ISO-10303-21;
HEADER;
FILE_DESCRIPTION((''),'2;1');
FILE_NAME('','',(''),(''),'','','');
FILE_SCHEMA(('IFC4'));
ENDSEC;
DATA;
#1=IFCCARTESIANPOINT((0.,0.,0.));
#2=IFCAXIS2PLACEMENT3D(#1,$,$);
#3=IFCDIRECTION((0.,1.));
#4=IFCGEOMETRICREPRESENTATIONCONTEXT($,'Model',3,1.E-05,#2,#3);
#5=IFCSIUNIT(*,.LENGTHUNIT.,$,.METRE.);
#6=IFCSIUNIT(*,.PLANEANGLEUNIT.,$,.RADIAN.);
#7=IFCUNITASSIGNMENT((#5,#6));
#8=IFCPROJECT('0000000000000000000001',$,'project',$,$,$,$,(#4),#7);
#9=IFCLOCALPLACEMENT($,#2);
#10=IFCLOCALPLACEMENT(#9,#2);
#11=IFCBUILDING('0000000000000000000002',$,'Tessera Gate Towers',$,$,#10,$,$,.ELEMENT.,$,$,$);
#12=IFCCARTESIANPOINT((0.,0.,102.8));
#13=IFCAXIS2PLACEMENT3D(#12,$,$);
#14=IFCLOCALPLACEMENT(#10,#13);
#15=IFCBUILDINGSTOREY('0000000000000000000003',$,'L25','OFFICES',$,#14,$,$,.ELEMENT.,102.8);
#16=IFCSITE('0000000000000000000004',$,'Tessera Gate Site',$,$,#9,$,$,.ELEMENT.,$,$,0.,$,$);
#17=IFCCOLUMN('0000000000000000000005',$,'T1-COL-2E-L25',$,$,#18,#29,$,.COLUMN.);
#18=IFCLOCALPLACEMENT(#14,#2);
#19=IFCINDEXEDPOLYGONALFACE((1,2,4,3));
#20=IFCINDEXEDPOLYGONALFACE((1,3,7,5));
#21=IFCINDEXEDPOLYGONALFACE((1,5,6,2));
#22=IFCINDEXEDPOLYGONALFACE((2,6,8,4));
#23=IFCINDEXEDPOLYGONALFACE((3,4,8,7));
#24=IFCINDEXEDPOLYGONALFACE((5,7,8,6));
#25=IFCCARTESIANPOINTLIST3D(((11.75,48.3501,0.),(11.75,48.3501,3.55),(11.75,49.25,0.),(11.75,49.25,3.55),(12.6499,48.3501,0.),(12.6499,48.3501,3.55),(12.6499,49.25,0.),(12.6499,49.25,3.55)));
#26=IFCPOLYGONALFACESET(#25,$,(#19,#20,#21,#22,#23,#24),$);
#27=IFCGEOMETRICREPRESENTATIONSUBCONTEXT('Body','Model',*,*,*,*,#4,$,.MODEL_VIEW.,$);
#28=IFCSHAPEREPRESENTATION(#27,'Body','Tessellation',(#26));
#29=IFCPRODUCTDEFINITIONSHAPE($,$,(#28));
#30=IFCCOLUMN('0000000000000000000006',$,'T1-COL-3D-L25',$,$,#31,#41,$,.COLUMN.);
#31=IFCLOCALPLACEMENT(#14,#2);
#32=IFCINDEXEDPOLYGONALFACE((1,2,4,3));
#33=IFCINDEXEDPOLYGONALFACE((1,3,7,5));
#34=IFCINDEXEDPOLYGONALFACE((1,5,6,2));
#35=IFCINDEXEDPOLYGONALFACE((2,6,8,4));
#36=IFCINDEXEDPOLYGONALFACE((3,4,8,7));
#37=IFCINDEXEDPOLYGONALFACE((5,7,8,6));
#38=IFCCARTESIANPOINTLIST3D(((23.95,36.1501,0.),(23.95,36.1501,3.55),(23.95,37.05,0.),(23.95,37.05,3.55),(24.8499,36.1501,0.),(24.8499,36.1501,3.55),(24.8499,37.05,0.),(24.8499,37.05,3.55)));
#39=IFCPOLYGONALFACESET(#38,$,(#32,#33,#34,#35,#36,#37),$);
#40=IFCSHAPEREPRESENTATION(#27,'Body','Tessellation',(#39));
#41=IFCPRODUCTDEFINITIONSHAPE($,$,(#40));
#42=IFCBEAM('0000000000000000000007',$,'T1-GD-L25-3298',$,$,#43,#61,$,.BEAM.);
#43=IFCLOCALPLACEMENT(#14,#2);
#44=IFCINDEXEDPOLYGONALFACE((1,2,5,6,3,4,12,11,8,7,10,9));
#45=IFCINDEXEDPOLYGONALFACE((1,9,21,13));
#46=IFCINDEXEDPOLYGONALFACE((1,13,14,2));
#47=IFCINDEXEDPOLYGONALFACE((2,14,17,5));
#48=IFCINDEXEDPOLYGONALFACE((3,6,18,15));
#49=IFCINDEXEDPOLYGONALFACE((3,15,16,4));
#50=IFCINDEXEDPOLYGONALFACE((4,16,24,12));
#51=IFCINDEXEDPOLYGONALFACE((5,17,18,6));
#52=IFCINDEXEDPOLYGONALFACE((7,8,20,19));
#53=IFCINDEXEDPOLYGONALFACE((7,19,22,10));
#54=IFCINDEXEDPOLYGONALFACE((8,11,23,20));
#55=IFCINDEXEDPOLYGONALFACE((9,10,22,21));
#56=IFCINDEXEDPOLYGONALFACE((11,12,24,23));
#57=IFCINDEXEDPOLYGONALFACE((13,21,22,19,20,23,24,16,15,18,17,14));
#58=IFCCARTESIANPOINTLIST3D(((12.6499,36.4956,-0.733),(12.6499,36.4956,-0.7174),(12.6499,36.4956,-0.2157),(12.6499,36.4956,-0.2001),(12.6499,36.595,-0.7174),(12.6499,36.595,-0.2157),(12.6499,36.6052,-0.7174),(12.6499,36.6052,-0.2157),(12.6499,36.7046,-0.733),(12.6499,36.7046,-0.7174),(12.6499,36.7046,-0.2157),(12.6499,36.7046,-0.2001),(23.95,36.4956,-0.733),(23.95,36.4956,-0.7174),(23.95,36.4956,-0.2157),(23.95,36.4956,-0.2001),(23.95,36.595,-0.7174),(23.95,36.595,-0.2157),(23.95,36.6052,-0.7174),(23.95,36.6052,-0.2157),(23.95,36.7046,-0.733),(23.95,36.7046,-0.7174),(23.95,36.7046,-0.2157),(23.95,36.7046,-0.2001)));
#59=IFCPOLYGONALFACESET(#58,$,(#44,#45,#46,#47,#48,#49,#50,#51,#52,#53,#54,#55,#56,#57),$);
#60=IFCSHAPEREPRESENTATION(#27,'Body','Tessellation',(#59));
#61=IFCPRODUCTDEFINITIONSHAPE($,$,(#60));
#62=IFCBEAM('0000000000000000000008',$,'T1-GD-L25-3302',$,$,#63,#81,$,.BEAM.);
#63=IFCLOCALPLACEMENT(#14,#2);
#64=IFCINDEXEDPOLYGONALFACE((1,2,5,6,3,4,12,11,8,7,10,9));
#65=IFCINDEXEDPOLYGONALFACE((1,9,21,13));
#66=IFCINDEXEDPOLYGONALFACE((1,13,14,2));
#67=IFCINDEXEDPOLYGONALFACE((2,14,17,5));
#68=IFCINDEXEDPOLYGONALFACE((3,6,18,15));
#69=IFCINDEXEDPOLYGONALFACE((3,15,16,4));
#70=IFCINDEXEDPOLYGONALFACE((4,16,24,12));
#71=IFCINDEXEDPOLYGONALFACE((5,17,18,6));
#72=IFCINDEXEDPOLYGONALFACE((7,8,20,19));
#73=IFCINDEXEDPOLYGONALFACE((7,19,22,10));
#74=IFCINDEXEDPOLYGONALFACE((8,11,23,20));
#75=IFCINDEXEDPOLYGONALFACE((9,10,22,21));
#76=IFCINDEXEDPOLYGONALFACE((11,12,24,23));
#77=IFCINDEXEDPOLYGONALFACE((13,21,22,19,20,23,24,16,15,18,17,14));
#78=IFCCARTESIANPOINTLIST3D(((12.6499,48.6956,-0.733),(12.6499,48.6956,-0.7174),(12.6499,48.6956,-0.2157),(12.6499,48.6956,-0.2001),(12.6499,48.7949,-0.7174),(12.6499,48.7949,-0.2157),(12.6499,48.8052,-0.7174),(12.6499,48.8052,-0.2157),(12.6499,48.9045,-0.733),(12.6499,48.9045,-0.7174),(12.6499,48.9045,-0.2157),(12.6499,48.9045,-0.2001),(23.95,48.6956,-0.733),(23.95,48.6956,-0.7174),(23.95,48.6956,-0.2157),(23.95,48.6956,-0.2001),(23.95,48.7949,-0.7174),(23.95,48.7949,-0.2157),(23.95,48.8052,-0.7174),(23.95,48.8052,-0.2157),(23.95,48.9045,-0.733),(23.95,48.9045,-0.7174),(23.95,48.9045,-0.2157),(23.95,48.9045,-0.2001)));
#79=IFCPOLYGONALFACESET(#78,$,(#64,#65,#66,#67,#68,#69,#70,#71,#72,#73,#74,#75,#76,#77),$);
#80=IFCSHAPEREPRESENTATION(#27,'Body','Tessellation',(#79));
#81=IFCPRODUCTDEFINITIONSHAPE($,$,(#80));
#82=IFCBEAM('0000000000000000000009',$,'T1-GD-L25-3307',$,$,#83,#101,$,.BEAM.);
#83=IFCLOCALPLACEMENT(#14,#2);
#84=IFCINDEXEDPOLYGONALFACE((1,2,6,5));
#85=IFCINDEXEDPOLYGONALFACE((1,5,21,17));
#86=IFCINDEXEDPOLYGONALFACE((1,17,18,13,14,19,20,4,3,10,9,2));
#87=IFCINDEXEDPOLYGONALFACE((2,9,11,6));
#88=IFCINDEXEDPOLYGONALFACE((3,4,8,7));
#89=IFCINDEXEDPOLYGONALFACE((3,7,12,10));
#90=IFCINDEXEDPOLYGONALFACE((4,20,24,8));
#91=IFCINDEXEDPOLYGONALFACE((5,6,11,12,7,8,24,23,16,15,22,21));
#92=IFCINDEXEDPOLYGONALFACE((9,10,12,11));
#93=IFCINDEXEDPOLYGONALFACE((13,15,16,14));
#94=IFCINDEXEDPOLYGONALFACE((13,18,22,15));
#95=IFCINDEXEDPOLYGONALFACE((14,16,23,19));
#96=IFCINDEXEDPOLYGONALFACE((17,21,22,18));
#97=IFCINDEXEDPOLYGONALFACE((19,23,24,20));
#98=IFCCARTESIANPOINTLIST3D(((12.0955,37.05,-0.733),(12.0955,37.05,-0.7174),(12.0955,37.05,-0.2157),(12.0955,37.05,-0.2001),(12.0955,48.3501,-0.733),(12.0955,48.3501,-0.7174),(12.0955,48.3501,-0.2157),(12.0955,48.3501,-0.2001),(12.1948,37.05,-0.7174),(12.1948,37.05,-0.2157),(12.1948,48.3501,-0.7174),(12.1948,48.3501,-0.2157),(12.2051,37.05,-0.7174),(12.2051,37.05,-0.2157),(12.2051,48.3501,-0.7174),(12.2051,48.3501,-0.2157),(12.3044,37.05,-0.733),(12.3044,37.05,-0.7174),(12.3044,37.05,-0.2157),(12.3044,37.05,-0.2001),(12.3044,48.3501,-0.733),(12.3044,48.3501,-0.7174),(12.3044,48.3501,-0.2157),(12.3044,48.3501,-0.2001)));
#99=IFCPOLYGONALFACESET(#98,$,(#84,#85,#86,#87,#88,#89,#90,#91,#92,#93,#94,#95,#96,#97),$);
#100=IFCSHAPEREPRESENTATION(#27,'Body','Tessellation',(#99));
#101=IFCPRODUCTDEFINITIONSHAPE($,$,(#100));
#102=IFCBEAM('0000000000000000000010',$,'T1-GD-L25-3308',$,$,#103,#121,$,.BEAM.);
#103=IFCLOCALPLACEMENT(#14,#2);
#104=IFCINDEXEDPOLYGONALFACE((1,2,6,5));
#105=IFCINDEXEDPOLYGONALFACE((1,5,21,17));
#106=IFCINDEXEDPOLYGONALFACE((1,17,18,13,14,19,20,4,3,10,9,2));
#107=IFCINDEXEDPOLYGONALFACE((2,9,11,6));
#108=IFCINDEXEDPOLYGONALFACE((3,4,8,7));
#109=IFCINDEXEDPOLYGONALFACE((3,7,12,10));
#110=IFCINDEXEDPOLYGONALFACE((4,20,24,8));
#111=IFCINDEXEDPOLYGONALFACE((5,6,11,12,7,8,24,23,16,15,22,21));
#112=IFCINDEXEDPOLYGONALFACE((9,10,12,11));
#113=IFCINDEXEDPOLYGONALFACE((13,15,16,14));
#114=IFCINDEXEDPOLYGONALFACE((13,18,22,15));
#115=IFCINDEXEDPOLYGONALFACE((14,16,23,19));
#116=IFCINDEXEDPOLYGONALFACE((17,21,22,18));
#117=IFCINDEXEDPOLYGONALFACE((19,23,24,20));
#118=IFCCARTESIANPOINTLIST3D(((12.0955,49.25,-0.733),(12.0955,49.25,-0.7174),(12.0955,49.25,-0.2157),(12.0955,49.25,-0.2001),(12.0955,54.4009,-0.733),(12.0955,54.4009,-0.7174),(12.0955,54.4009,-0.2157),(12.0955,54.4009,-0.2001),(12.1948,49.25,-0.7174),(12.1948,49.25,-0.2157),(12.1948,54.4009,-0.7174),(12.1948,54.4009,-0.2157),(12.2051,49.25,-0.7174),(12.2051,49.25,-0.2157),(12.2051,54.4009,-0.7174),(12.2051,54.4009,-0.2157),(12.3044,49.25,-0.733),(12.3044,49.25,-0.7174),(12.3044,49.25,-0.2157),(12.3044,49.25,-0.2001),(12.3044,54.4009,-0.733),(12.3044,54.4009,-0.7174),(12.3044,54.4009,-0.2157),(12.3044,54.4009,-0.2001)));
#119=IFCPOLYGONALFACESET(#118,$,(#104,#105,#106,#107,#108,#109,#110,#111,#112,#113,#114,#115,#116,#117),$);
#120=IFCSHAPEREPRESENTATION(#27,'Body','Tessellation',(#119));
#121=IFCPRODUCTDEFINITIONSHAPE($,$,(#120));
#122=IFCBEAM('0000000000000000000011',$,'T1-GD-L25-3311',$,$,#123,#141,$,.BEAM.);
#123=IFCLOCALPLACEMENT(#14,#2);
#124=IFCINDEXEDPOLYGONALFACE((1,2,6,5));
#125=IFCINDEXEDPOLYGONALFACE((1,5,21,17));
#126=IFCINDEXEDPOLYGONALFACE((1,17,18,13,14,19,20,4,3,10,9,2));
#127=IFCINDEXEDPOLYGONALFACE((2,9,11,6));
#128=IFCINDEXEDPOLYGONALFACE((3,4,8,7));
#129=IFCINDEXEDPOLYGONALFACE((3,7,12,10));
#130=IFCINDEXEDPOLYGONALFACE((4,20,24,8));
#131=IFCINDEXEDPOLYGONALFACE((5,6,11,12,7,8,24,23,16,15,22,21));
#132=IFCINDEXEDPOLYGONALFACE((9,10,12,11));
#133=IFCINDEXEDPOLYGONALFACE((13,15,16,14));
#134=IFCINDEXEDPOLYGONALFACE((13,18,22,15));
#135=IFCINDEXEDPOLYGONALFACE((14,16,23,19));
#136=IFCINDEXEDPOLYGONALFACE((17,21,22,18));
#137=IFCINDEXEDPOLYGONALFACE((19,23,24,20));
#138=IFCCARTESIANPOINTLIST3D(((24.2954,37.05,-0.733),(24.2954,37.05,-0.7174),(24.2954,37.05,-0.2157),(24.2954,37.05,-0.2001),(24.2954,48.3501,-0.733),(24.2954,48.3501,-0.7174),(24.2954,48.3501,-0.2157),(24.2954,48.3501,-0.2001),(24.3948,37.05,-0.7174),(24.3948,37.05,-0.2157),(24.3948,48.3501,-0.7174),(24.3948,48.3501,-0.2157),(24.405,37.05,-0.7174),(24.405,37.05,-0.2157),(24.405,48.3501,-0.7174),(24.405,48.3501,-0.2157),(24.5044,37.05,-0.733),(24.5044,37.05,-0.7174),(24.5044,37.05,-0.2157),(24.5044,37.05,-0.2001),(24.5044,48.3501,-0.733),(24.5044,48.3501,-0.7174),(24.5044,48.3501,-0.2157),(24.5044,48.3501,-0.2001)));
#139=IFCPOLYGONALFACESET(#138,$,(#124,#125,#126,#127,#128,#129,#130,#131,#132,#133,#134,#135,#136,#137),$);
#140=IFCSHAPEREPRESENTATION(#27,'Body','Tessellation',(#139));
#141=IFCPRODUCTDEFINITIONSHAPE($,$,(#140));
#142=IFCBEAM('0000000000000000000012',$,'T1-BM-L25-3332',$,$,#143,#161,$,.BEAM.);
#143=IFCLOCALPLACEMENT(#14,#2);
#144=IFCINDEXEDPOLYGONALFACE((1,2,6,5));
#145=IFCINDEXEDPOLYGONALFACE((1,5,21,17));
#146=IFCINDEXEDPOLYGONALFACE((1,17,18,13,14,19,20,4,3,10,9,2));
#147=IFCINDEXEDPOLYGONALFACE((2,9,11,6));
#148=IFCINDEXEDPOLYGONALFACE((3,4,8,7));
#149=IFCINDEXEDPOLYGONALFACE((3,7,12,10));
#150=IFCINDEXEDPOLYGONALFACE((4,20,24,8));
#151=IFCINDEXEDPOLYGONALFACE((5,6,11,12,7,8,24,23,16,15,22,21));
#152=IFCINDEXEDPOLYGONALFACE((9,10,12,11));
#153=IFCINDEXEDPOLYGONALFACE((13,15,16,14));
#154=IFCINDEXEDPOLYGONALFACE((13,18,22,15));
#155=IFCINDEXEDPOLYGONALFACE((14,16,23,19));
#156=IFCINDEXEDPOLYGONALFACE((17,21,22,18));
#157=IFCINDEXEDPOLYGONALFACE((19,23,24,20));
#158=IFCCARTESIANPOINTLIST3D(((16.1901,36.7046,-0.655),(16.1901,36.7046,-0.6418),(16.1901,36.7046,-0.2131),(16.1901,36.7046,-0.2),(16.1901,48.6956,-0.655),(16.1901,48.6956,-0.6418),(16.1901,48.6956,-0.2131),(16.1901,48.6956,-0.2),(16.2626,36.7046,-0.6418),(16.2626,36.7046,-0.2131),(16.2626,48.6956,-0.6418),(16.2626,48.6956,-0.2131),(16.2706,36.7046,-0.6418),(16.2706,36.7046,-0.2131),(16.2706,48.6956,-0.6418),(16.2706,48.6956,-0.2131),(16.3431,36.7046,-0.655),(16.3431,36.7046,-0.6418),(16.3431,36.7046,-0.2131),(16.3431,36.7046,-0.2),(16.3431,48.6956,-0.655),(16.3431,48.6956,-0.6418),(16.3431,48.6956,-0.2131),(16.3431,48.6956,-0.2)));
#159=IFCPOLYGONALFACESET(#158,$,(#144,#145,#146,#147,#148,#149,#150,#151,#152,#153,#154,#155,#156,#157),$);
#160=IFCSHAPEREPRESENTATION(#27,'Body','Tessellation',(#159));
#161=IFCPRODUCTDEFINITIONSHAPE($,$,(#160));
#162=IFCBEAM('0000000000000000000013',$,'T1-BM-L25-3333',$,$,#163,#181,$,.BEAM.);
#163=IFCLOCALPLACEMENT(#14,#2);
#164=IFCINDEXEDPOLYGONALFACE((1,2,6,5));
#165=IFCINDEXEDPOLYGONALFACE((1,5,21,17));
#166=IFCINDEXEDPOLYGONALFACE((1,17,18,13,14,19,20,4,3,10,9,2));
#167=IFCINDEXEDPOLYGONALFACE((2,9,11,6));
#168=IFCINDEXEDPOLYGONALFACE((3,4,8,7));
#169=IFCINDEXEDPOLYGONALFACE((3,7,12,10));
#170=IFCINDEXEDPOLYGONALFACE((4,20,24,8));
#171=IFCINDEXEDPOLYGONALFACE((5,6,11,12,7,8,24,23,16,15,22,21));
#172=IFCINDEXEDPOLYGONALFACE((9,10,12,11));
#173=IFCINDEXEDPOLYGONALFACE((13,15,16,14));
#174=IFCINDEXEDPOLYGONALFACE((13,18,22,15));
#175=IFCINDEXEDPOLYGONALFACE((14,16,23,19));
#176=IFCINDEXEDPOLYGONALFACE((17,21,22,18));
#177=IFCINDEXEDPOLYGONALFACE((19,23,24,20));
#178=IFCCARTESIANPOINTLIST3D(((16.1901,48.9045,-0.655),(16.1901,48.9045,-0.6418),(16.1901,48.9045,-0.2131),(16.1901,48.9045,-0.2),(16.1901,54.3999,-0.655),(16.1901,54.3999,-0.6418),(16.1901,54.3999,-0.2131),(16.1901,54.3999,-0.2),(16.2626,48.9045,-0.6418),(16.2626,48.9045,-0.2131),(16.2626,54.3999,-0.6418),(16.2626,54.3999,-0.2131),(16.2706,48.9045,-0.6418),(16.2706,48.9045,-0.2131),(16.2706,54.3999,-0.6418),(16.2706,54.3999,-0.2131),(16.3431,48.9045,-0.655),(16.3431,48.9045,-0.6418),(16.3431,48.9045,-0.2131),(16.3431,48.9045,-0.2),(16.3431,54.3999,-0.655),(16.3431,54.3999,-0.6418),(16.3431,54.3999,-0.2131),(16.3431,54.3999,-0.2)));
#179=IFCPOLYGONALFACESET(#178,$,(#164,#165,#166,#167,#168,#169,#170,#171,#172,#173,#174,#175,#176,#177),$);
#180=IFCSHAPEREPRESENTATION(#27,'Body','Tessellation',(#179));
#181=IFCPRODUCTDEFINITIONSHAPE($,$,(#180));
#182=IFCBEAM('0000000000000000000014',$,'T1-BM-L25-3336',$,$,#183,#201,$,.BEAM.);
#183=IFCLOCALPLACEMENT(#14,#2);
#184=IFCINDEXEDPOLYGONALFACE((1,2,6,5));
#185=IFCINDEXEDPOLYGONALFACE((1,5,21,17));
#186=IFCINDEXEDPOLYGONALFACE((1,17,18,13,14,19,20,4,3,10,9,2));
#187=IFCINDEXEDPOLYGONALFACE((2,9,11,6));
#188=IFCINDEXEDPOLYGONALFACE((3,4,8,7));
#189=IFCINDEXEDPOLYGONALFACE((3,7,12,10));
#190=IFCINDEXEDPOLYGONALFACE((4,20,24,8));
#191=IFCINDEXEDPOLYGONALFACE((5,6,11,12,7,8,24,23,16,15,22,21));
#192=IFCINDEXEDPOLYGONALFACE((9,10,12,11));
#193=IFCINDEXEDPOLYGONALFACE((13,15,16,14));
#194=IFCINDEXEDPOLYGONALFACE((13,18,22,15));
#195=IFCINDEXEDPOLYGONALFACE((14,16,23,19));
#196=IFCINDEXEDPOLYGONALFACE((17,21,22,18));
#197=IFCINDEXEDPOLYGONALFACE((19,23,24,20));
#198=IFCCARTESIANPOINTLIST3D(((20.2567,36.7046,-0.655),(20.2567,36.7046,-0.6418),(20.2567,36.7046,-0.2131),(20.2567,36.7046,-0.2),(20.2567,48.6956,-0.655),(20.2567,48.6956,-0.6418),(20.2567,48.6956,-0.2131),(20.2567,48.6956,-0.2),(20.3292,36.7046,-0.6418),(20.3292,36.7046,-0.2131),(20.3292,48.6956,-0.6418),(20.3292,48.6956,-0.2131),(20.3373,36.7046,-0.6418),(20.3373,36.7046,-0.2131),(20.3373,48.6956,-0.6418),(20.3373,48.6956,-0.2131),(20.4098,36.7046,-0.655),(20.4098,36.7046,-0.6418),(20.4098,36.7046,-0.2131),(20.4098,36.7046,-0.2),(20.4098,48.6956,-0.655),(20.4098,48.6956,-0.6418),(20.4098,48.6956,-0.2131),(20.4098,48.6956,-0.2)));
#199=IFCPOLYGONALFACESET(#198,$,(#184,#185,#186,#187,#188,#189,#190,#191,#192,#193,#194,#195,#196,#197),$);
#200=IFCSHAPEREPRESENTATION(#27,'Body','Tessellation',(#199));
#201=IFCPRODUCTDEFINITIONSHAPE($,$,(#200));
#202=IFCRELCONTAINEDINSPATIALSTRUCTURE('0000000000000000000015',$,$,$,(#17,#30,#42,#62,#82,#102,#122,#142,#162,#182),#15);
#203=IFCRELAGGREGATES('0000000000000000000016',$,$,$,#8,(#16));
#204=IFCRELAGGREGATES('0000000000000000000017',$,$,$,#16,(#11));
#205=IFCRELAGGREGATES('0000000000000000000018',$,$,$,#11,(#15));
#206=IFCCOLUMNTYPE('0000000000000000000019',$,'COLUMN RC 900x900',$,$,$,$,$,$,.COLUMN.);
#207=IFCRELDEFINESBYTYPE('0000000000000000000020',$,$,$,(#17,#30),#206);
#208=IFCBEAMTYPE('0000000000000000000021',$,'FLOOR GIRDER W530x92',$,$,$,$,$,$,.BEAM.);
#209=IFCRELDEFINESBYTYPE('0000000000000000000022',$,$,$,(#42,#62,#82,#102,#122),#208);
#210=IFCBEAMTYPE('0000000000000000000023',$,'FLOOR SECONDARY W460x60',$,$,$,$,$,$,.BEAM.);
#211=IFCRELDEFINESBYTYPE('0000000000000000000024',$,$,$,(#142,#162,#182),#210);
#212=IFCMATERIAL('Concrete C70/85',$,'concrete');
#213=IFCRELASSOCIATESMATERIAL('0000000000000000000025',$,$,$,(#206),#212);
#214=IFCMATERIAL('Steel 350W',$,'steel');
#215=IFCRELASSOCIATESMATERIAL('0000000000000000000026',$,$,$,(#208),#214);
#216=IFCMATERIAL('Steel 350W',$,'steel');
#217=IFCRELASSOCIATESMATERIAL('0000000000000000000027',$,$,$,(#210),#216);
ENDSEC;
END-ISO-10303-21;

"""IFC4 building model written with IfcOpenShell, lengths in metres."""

from ifc_helpers import new_model, si_unit, direction, frame, origin, origin_2d, place, context, subcontext, project, spatial, rectangle, i_section, extrude, material, material_profile, profile_set, type_object, element, save


model = new_model("IFC4")

# Units and contexts
model_context = context("Model", 3, precision=1e-05, world=origin(), true_north=direction((0.0, 1.0)))
body_context = subcontext(model_context, "Body", "Model", "MODEL_VIEW")
ifc_project = project(units=[si_unit("LENGTHUNIT", "METRE"), si_unit("PLANEANGLEUNIT", "RADIAN")], contexts=[model_context])

# Site, building, storey
site_placement = place(None, origin())
site = spatial("IfcSite", under=ifc_project, at=site_placement, Name="Tessera Gate Site", CompositionType="ELEMENT", RefElevation=0.0)
building_placement = place(site_placement, origin())
building = spatial("IfcBuilding", under=site, at=building_placement, Name="Tessera Gate Towers", CompositionType="ELEMENT")
storey_placement = place(building_placement, frame((0.0, 0.0, 102.8)))
storey = spatial("IfcBuildingStorey", under=building, at=storey_placement, Name="L25", Description="OFFICES", CompositionType="ELEMENT", Elevation=102.8)

# Columns
ifc_material_1 = material(Name="Concrete C70/85", Category="concrete")
ifc_material_profile_1 = material_profile(ifc_material_1, rectangle(XDim=0.8999, YDim=0.8999, at=origin_2d()), Name="RC 900x900")
ifc_profile_set_1 = profile_set([ifc_material_profile_1], Name="Concrete C70/85")
column_type = type_object("IfcColumnType", Name="COLUMN RC 900x900", PredefinedType="COLUMN", material=ifc_profile_set_1)
for number, where, z_axis, x_axis, name in (
    (1, (12.2, 48.8, 0.0), (0.0, 0.0, 1.0), (1.0, 0.0, 0.0), "T1-COL-2E-L25"),
    (2, (24.3999, 36.6001, 0.0), (0.0, 0.0, 1.0), (1.0, 0.0, 0.0), "T1-COL-3D-L25"),
):
    element("IfcColumn", number, at=place(storey_placement, frame(where, z_axis=z_axis, x_axis=x_axis)), inside=storey, type_object=column_type, Name=name, PredefinedType="COLUMN", context=body_context, shape_type="SweptSolid", body=[
        extrude(rectangle(XDim=0.8999, YDim=0.8999, at=origin_2d()), origin(), (0.0, 0.0, 1.0), 3.55),
    ])

# Beams
ifc_material_2 = material(Name="Steel 350W", Category="steel")
ifc_material_profile_2 = material_profile(ifc_material_2, i_section(OverallWidth=0.209, OverallDepth=0.533, WebThickness=0.0103, FlangeThickness=0.0156, at=origin_2d()), Name="W530x92")
ifc_profile_set_2 = profile_set([ifc_material_profile_2], Name="Steel 350W")
beam_type_1 = type_object("IfcBeamType", Name="FLOOR GIRDER W530x92", PredefinedType="BEAM", material=ifc_profile_set_2)
for number, where, z_axis, x_axis, name in (
    (3, (12.6499, 36.6001, -0.4666), (1.0, 0.0, 0.0), (0.0, 1.0, 0.0), "T1-GD-L25-3298"),
    (4, (12.6499, 48.8, -0.4666), (1.0, 0.0, 0.0), (0.0, 1.0, 0.0), "T1-GD-L25-3302"),
    (5, (12.2, 37.05, -0.4666), (0.0, 1.0, 0.0), (-1.0, 0.0, 0.0), "T1-GD-L25-3307"),
):
    element("IfcBeam", number, at=place(storey_placement, frame(where, z_axis=z_axis, x_axis=x_axis)), inside=storey, type_object=beam_type_1, Name=name, PredefinedType="BEAM", context=body_context, shape_type="SweptSolid", body=[
        extrude(i_section(OverallWidth=0.209, OverallDepth=0.533, WebThickness=0.0103, FlangeThickness=0.0156, at=origin_2d()), origin(), (0.0, 0.0, 1.0), 11.3),
    ])
beam_1_placement = place(storey_placement, frame((12.2, 49.25, -0.4666), z_axis=(0.0, 1.0, 0.0), x_axis=(-1.0, 0.0, 0.0)))
element("IfcBeam", 6, at=beam_1_placement, inside=storey, type_object=beam_type_1, Name="T1-GD-L25-3308", PredefinedType="BEAM", context=body_context, shape_type="SweptSolid", body=[
    extrude(i_section(OverallWidth=0.209, OverallDepth=0.533, WebThickness=0.0103, FlangeThickness=0.0156, at=origin_2d()), origin(), (0.0, 0.0, 1.0), 5.1509),
])
beam_2_placement = place(storey_placement, frame((24.3999, 37.05, -0.4666), z_axis=(0.0, 1.0, 0.0), x_axis=(-1.0, 0.0, 0.0)))
element("IfcBeam", 7, at=beam_2_placement, inside=storey, type_object=beam_type_1, Name="T1-GD-L25-3311", PredefinedType="BEAM", context=body_context, shape_type="SweptSolid", body=[
    extrude(i_section(OverallWidth=0.209, OverallDepth=0.533, WebThickness=0.0103, FlangeThickness=0.0156, at=origin_2d()), origin(), (0.0, 0.0, 1.0), 11.3),
])
ifc_material_3 = material(Name="Steel 350W", Category="steel")
ifc_material_profile_3 = material_profile(ifc_material_3, i_section(OverallWidth=0.1531, OverallDepth=0.4551, WebThickness=0.0081, FlangeThickness=0.0132, at=origin_2d()), Name="W460x60")
ifc_profile_set_3 = profile_set([ifc_material_profile_3], Name="Steel 350W")
beam_type_2 = type_object("IfcBeamType", Name="FLOOR SECONDARY W460x60", PredefinedType="BEAM", material=ifc_profile_set_3)
beam_3_placement = place(storey_placement, frame((16.2666, 36.7046, -0.4275), z_axis=(0.0, 1.0, 0.0), x_axis=(-1.0, 0.0, 0.0)))
element("IfcBeam", 8, at=beam_3_placement, inside=storey, type_object=beam_type_2, Name="T1-BM-L25-3332", PredefinedType="BEAM", context=body_context, shape_type="SweptSolid", body=[
    extrude(i_section(OverallWidth=0.1531, OverallDepth=0.4551, WebThickness=0.0081, FlangeThickness=0.0132, at=origin_2d()), origin(), (0.0, 0.0, 1.0), 11.991),
])
beam_4_placement = place(storey_placement, frame((16.2666, 48.9045, -0.4275), z_axis=(0.0, 1.0, 0.0), x_axis=(-1.0, 0.0, 0.0)))
element("IfcBeam", 9, at=beam_4_placement, inside=storey, type_object=beam_type_2, Name="T1-BM-L25-3333", PredefinedType="BEAM", context=body_context, shape_type="SweptSolid", body=[
    extrude(i_section(OverallWidth=0.1531, OverallDepth=0.4551, WebThickness=0.0081, FlangeThickness=0.0132, at=origin_2d()), origin(), (0.0, 0.0, 1.0), 5.4954),
])
beam_5_placement = place(storey_placement, frame((20.3333, 36.7046, -0.4275), z_axis=(0.0, 1.0, 0.0), x_axis=(-1.0, 0.0, 0.0)))
element("IfcBeam", 10, at=beam_5_placement, inside=storey, type_object=beam_type_2, Name="T1-BM-L25-3336", PredefinedType="BEAM", context=body_context, shape_type="SweptSolid", body=[
    extrude(i_section(OverallWidth=0.1531, OverallDepth=0.4551, WebThickness=0.0081, FlangeThickness=0.0132, at=origin_2d()), origin(), (0.0, 0.0, 1.0), 11.991),
])

save(model, "model.ifc")
